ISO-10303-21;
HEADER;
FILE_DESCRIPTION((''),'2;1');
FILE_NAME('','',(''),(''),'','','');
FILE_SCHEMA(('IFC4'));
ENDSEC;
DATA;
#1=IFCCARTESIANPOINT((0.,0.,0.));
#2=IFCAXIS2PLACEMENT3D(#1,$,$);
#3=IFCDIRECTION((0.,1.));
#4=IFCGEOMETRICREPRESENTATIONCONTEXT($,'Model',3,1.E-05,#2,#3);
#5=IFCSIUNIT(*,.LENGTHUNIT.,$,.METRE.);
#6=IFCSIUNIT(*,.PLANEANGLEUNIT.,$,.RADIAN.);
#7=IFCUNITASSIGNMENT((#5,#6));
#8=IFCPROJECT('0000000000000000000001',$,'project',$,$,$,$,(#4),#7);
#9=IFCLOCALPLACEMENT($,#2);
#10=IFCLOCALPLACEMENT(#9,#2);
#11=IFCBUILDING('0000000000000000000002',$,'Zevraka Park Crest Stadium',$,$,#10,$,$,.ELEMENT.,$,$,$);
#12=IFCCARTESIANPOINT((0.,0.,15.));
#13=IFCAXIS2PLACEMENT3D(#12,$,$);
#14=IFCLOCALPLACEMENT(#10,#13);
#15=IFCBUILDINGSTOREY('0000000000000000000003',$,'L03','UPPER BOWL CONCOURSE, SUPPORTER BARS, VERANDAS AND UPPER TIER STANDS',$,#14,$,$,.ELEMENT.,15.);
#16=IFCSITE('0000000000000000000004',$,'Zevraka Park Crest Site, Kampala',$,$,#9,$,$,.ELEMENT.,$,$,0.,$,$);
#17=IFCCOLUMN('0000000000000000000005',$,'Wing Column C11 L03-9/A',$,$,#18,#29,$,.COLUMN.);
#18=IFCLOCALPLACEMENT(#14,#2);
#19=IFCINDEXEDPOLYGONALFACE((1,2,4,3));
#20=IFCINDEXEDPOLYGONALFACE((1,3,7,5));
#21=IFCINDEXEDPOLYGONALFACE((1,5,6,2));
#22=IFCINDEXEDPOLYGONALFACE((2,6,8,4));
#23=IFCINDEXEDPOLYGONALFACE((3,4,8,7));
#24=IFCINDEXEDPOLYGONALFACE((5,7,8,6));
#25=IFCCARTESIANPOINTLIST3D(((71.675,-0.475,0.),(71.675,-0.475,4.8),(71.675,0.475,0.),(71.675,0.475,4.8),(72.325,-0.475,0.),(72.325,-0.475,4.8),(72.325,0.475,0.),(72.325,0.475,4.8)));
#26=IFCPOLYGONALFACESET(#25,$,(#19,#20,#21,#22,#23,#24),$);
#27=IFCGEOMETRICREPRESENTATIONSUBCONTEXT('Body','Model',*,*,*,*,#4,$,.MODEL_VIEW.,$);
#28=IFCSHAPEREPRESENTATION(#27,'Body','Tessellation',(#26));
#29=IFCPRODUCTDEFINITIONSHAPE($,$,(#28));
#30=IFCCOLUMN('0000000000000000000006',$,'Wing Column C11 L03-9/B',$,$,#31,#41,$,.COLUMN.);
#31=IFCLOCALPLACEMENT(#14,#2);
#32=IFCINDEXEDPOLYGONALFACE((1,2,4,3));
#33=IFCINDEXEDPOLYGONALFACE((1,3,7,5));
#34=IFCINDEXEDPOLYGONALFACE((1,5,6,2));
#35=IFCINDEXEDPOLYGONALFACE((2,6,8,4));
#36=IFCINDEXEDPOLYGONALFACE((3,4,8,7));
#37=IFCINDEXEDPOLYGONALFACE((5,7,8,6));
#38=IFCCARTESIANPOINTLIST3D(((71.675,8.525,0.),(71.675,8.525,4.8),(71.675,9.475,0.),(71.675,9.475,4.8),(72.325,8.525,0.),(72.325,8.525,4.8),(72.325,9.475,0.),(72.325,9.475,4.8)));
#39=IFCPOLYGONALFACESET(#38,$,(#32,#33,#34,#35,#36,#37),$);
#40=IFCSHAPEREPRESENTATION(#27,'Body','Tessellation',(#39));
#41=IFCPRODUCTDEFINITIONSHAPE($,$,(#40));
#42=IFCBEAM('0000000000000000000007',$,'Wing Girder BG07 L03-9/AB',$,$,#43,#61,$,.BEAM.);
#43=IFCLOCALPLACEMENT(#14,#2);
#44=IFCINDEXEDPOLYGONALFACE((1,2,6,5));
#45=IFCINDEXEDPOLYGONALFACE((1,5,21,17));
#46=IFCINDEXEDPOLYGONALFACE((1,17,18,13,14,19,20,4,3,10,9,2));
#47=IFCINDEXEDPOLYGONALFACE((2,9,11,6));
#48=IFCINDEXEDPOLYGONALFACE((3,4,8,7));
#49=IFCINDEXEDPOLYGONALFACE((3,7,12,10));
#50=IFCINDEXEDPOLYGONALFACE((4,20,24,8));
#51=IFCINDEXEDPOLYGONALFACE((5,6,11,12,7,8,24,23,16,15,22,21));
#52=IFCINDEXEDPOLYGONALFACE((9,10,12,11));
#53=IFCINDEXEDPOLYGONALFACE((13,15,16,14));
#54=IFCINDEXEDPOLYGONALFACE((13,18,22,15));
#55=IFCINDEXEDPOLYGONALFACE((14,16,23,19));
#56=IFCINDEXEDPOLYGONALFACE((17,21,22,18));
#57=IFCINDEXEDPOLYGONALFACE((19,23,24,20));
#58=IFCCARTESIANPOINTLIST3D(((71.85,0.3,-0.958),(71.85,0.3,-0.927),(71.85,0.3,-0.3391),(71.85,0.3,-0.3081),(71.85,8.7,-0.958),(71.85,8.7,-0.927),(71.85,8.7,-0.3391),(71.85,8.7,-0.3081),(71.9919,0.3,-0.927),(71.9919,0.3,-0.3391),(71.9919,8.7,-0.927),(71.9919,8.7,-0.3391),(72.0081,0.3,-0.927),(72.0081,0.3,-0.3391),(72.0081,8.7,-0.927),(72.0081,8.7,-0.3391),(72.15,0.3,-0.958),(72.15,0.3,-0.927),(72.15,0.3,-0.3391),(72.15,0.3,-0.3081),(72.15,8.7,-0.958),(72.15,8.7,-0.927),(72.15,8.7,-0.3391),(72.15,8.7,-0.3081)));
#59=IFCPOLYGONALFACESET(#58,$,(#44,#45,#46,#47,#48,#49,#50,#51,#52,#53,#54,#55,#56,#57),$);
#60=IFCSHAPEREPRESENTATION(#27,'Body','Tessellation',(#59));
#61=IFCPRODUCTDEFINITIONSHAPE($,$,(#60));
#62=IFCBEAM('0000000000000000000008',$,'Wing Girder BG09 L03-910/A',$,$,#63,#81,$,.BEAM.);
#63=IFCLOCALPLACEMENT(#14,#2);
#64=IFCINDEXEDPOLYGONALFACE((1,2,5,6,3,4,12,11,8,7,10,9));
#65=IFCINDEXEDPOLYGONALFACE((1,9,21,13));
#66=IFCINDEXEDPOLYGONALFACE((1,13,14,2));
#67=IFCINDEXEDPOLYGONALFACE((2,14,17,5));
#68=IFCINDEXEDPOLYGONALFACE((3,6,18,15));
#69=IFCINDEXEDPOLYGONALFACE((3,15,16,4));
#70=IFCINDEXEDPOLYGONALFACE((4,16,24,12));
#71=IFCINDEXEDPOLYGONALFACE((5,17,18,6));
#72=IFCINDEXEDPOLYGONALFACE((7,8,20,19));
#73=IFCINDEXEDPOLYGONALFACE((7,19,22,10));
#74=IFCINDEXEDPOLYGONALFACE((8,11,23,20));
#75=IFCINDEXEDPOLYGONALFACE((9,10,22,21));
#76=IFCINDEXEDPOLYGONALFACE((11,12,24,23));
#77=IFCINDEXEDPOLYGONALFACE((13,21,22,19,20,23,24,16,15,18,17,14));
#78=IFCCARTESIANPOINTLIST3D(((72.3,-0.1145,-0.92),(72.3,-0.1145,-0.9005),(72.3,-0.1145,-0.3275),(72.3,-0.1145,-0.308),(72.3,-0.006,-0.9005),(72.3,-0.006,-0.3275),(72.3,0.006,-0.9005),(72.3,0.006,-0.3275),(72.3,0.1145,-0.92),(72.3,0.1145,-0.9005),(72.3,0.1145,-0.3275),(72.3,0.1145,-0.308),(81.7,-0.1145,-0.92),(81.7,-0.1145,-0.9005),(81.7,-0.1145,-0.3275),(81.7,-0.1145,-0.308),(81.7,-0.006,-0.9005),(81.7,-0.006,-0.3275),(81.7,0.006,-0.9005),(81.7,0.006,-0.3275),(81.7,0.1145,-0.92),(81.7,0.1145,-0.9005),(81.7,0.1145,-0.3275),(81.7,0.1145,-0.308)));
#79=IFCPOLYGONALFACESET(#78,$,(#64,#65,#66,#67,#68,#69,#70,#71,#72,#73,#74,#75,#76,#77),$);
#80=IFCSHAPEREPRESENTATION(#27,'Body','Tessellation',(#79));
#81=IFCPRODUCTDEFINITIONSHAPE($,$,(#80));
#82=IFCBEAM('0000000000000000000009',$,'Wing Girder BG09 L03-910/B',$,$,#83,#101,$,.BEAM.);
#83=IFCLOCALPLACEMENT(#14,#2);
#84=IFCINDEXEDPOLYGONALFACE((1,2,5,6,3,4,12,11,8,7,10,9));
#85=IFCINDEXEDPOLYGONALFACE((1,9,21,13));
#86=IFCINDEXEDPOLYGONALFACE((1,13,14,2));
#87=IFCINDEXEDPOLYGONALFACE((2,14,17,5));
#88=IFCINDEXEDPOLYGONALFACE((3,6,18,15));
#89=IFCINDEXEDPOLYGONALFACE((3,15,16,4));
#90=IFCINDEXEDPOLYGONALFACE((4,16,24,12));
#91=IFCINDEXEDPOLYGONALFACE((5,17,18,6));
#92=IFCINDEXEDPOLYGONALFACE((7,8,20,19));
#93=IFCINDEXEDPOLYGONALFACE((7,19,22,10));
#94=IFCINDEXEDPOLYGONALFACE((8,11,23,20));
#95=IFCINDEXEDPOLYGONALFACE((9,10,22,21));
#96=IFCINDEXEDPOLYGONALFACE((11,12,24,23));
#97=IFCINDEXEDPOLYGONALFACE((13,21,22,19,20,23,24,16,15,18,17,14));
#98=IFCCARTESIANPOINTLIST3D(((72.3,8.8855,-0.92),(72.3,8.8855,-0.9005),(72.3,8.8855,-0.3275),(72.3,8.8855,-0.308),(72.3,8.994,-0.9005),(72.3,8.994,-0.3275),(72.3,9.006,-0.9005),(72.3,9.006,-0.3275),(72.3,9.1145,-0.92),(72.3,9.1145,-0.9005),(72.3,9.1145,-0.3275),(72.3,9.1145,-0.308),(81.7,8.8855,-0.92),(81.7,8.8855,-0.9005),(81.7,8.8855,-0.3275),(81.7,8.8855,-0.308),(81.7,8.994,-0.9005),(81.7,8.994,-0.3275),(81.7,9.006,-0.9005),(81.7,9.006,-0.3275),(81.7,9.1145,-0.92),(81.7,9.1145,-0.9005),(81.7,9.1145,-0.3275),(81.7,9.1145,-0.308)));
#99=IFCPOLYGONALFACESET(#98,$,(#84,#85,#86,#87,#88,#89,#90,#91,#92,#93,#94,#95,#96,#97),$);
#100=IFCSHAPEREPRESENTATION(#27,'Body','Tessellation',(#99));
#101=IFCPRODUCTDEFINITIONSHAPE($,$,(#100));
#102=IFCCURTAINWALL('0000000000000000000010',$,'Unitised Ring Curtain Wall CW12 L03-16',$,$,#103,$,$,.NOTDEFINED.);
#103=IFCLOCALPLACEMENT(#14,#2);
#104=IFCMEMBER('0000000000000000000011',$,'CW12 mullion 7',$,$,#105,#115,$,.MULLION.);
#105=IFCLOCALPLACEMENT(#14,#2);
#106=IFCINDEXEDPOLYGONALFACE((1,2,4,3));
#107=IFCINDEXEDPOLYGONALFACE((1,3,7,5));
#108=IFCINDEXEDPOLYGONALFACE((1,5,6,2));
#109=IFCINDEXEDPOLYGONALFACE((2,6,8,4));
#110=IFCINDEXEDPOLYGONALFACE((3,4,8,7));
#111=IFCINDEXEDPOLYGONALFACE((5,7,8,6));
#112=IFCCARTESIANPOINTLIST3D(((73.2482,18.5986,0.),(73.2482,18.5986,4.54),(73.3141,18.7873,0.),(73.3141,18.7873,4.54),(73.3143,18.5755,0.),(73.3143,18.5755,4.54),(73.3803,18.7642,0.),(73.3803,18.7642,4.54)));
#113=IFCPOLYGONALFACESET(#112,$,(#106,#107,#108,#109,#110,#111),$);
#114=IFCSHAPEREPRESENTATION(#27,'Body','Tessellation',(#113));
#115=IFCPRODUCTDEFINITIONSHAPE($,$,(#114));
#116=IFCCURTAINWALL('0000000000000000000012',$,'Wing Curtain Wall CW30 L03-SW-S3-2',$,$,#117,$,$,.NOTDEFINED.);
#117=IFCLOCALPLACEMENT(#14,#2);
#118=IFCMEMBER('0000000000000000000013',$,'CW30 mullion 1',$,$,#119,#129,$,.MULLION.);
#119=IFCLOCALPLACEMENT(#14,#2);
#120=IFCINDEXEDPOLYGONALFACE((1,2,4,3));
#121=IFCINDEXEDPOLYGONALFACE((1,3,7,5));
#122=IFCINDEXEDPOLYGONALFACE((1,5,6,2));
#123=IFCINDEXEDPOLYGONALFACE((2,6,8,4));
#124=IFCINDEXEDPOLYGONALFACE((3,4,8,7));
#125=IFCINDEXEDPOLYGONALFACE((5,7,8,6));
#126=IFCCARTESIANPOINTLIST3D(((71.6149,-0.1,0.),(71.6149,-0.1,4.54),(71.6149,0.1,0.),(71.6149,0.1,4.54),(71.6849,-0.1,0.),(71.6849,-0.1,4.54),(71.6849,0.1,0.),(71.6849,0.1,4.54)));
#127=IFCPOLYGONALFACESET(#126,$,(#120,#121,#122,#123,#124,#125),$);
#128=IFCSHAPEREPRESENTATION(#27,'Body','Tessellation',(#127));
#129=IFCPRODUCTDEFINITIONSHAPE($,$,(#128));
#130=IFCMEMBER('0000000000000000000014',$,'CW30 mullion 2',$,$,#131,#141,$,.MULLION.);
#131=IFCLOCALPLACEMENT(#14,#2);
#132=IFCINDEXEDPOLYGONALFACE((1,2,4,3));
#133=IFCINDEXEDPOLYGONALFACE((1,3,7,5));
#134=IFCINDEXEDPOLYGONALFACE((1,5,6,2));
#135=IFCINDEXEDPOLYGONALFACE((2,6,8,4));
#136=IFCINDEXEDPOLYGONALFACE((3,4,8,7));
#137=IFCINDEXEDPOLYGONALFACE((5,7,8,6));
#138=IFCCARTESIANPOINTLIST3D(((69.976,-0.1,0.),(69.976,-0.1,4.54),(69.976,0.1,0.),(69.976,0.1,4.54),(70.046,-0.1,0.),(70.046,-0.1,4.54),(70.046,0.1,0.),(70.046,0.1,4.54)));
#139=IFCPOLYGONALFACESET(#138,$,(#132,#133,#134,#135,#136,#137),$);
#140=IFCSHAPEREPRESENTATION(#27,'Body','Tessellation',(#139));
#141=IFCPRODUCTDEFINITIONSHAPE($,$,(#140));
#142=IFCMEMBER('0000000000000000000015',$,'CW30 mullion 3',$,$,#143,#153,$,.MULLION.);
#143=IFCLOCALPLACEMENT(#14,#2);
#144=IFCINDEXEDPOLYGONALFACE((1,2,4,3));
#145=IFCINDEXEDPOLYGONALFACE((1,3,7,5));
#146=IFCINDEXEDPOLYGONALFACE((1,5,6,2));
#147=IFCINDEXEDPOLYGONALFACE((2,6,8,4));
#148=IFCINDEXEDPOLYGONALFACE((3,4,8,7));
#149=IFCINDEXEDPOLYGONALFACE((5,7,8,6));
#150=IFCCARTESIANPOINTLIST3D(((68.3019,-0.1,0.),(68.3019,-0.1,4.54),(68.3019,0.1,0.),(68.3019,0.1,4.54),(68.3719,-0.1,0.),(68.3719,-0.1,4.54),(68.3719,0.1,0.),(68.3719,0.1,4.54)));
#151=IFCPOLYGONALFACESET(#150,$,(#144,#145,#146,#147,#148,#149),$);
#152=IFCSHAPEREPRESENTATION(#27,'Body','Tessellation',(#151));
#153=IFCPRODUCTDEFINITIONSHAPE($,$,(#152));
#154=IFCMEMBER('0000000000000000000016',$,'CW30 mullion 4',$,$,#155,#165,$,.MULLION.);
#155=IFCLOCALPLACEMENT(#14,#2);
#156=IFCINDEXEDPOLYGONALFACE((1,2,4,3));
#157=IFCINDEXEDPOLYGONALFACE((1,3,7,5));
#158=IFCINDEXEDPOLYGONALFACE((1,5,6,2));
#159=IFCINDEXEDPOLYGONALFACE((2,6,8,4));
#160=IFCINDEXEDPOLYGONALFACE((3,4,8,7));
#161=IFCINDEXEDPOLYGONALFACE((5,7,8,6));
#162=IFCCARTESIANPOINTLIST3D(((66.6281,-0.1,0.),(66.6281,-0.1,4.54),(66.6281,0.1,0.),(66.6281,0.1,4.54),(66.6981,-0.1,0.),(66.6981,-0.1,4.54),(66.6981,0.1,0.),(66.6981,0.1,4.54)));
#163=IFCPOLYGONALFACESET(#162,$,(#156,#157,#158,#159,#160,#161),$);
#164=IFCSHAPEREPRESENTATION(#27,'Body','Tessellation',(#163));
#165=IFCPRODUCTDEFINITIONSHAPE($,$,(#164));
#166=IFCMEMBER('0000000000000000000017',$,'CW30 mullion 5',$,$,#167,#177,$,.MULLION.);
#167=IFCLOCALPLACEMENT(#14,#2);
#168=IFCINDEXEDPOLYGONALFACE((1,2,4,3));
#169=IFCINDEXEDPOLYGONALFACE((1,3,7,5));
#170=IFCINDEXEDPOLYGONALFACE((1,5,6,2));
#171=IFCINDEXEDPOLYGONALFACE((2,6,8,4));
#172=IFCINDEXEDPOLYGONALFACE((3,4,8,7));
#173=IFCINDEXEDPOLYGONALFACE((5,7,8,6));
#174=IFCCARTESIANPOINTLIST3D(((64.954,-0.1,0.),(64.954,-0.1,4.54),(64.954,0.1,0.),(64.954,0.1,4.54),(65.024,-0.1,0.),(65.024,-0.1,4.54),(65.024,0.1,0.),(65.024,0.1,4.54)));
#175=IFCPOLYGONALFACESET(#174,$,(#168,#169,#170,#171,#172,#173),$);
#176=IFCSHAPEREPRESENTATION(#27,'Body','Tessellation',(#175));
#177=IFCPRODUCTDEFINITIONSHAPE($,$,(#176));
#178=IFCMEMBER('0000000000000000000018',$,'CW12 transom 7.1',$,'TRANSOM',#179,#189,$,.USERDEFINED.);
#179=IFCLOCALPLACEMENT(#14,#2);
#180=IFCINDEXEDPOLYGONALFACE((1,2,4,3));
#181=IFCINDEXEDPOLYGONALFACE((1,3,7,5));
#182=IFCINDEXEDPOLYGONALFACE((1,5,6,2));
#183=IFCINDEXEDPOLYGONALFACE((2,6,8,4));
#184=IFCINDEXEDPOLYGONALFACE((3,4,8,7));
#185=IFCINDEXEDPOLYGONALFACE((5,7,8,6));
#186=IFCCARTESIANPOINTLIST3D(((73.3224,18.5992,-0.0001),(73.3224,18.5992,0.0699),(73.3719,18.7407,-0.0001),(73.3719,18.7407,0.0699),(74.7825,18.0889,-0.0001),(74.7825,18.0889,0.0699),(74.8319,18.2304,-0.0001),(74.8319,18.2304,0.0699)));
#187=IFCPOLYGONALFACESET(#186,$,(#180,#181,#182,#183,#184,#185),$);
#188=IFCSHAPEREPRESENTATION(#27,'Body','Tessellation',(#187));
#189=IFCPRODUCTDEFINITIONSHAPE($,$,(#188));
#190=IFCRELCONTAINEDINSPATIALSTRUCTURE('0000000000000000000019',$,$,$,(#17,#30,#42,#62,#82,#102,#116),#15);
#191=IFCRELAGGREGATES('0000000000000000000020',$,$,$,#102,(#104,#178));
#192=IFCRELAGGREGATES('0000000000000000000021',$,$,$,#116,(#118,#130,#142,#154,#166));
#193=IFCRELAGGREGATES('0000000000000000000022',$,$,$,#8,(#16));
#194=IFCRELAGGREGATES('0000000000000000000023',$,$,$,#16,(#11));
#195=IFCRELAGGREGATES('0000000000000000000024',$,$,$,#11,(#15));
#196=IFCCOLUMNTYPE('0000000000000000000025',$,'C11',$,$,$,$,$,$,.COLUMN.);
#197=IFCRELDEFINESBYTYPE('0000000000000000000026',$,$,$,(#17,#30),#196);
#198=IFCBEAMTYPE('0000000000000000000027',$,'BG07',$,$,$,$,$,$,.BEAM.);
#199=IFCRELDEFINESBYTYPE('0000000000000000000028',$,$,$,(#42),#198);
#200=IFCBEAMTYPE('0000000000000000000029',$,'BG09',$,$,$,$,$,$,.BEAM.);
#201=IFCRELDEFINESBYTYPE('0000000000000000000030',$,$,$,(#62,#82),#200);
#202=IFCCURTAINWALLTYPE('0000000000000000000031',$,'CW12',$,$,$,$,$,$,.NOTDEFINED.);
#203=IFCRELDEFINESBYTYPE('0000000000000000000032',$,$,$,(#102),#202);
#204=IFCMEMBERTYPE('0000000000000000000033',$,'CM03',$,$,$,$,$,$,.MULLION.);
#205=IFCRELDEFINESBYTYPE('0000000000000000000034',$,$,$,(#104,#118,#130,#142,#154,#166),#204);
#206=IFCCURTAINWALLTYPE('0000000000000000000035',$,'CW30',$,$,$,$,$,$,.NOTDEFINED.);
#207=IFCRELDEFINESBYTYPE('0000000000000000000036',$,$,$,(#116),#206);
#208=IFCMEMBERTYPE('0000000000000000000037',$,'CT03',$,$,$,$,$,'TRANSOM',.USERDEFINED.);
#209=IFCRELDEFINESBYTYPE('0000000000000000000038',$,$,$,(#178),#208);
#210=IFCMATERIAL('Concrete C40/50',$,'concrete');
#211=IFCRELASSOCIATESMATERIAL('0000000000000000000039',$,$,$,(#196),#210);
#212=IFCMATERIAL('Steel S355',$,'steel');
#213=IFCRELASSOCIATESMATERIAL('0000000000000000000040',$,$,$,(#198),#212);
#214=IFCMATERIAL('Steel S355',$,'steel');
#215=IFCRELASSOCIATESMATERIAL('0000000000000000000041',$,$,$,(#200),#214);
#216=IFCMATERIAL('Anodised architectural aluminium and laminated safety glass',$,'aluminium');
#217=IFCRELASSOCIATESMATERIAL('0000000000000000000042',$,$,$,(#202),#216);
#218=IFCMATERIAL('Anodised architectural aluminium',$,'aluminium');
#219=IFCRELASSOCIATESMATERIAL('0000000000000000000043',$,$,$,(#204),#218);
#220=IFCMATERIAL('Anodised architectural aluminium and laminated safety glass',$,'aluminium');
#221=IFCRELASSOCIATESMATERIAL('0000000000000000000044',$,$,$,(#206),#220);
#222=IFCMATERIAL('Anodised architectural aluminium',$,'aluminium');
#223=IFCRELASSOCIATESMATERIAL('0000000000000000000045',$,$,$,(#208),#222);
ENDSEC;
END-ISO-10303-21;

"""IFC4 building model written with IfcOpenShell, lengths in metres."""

from ifc_helpers import new_model, si_unit, direction, frame, origin, origin_2d, place, context, subcontext, project, spatial, rectangle, i_section, extrude, material, material_profile, profile_set, type_object, element, aggregate, save


model = new_model("IFC4")

# Units and contexts
model_context = context("Model", 3, precision=1e-05, world=origin(), true_north=direction((0.0, 1.0)))
body_context = subcontext(model_context, "Body", "Model", "MODEL_VIEW")
ifc_project = project(units=[si_unit("LENGTHUNIT", "METRE"), si_unit("PLANEANGLEUNIT", "RADIAN")], contexts=[model_context])

# Site, building, storey
site_placement = place(None, origin())
site = spatial("IfcSite", under=ifc_project, at=site_placement, Name="Zevraka Park Crest Site, Kampala", CompositionType="ELEMENT", RefElevation=0.0)
building_placement = place(site_placement, origin())
building = spatial("IfcBuilding", under=site, at=building_placement, Name="Zevraka Park Crest Stadium", CompositionType="ELEMENT")
storey_placement = place(building_placement, frame((0.0, 0.0, 15.0)))
storey = spatial("IfcBuildingStorey", under=building, at=storey_placement, Name="L03", Description="UPPER BOWL CONCOURSE, SUPPORTER BARS, VERANDAS AND UPPER TIER STANDS", CompositionType="ELEMENT", Elevation=15.0)

# Columns
ifc_material_1 = material(Name="Concrete C40/50", Category="concrete")
ifc_material_profile_1 = material_profile(ifc_material_1, rectangle(XDim=0.6499, YDim=0.95, at=origin_2d()), Name="RC 950x650")
ifc_profile_set_1 = profile_set([ifc_material_profile_1], Name="Concrete C40/50")
column_type = type_object("IfcColumnType", Name="C11", PredefinedType="COLUMN", material=ifc_profile_set_1)
for number, where, z_axis, x_axis, name in (
    (1, (72.0, 0.0, 0.0), (0.0, 0.0, 1.0), (1.0, 0.0, 0.0), "Wing Column C11 L03-9/A"),
    (2, (72.0, 9.0, 0.0), (0.0, 0.0, 1.0), (1.0, 0.0, 0.0), "Wing Column C11 L03-9/B"),
):
    element("IfcColumn", number, at=place(storey_placement, frame(where, z_axis=z_axis, x_axis=x_axis)), inside=storey, type_object=column_type, Name=name, PredefinedType="COLUMN", context=body_context, shape_type="SweptSolid", body=[
        extrude(rectangle(XDim=0.6499, YDim=0.95, at=origin_2d()), origin(), (0.0, 0.0, 1.0), 4.8),
    ])

# Beams
ifc_material_2 = material(Name="Steel S355", Category="steel")
ifc_material_profile_2 = material_profile(ifc_material_2, i_section(OverallWidth=0.3, OverallDepth=0.6499, WebThickness=0.0161, FlangeThickness=0.031, at=origin_2d()), Name="HEB 650")
ifc_profile_set_2 = profile_set([ifc_material_profile_2], Name="Steel S355")
beam_type_1 = type_object("IfcBeamType", Name="BG07", PredefinedType="BEAM", material=ifc_profile_set_2)
beam_placement = place(storey_placement, frame((72.0, 0.3, -0.6331), z_axis=(0.0, 1.0, 0.0), x_axis=(-1.0, 0.0, 0.0)))
element("IfcBeam", 3, at=beam_placement, inside=storey, type_object=beam_type_1, Name="Wing Girder BG07 L03-9/AB", PredefinedType="BEAM", context=body_context, shape_type="SweptSolid", body=[
    extrude(i_section(OverallWidth=0.3, OverallDepth=0.6499, WebThickness=0.0161, FlangeThickness=0.031, at=origin_2d()), origin(), (0.0, 0.0, 1.0), 8.3999),
])
ifc_material_3 = material(Name="Steel S355", Category="steel")
ifc_material_profile_3 = material_profile(ifc_material_3, i_section(OverallWidth=0.229, OverallDepth=0.6121, WebThickness=0.012, FlangeThickness=0.0195, at=origin_2d()), Name="UKB 610x229x125")
ifc_profile_set_3 = profile_set([ifc_material_profile_3], Name="Steel S355")
beam_type_2 = type_object("IfcBeamType", Name="BG09", PredefinedType="BEAM", material=ifc_profile_set_3)
for number, where, z_axis, x_axis, name in (
    (4, (72.3, 0.0, -0.614), (1.0, 0.0, 0.0), (0.0, 1.0, 0.0), "Wing Girder BG09 L03-910/A"),
    (5, (72.3, 9.0, -0.614), (1.0, 0.0, 0.0), (0.0, 1.0, 0.0), "Wing Girder BG09 L03-910/B"),
):
    element("IfcBeam", number, at=place(storey_placement, frame(where, z_axis=z_axis, x_axis=x_axis)), inside=storey, type_object=beam_type_2, Name=name, PredefinedType="BEAM", context=body_context, shape_type="SweptSolid", body=[
        extrude(i_section(OverallWidth=0.229, OverallDepth=0.6121, WebThickness=0.012, FlangeThickness=0.0195, at=origin_2d()), origin(), (0.0, 0.0, 1.0), 9.3999),
    ])

# Curtain wall, member
ifc_material_4 = material(Name="Anodised architectural aluminium and laminated safety glass", Category="aluminium")
curtain_wall_type_1 = type_object("IfcCurtainWallType", Name="CW12", PredefinedType="NOTDEFINED", material=ifc_material_4)
curtain_wall_1_placement = place(storey_placement, origin())
curtain_wall_1 = element("IfcCurtainWall", 6, at=curtain_wall_1_placement, inside=storey, type_object=curtain_wall_type_1, Name="Unitised Ring Curtain Wall CW12 L03-16", PredefinedType="NOTDEFINED")
ifc_material_5 = material(Name="Anodised architectural aluminium", Category="aluminium")
ifc_material_profile_4 = material_profile(ifc_material_5, rectangle(XDim=0.2, YDim=0.0701, at=origin_2d()), Name="ALU MULLION 200x70")
ifc_profile_set_4 = profile_set([ifc_material_profile_4], Name="Anodised architectural aluminium")
member_type_1 = type_object("IfcMemberType", Name="CM03", PredefinedType="MULLION", material=ifc_profile_set_4)
member_1_placement = place(storey_placement, frame((73.3142, 18.6814, 0.0), z_axis=(0.0, 0.0, 1.0), x_axis=(0.329917, 0.94401, 0.0)))
member_1 = element("IfcMember", 7, at=member_1_placement, type_object=member_type_1, Name="CW12 mullion 7", PredefinedType="MULLION", context=body_context, shape_type="SweptSolid", body=[
    extrude(rectangle(XDim=0.2, YDim=0.0701, at=origin_2d()), origin(), (0.0, 0.0, 1.0), 4.54),
])

# Curtain wall, members
ifc_material_6 = material(Name="Anodised architectural aluminium and laminated safety glass", Category="aluminium")
curtain_wall_type_2 = type_object("IfcCurtainWallType", Name="CW30", PredefinedType="NOTDEFINED", material=ifc_material_6)
curtain_wall_2_placement = place(storey_placement, origin())
curtain_wall_2 = element("IfcCurtainWall", 8, at=curtain_wall_2_placement, inside=storey, type_object=curtain_wall_type_2, Name="Wing Curtain Wall CW30 L03-SW-S3-2", PredefinedType="NOTDEFINED")
member_2_placement = place(storey_placement, frame((71.6499, 0.0, 0.0), z_axis=(0.0, 0.0, 1.0), x_axis=(0.0, -1.0, 0.0)))
member_2 = element("IfcMember", 9, at=member_2_placement, type_object=member_type_1, Name="CW30 mullion 1", PredefinedType="MULLION", context=body_context, shape_type="SweptSolid", body=[
    extrude(rectangle(XDim=0.2, YDim=0.0701, at=origin_2d()), origin(), (0.0, 0.0, 1.0), 4.54),
])
member_3_placement = place(storey_placement, frame((70.011, 0.0, 0.0), z_axis=(0.0, 0.0, 1.0), x_axis=(0.0, -1.0, 0.0)))
member_3 = element("IfcMember", 10, at=member_3_placement, type_object=member_type_1, Name="CW30 mullion 2", PredefinedType="MULLION", context=body_context, shape_type="SweptSolid", body=[
    extrude(rectangle(XDim=0.2, YDim=0.0701, at=origin_2d()), origin(), (0.0, 0.0, 1.0), 4.54),
])
member_4_placement = place(storey_placement, frame((68.3369, 0.0, 0.0), z_axis=(0.0, 0.0, 1.0), x_axis=(0.0, -1.0, 0.0)))
member_4 = element("IfcMember", 11, at=member_4_placement, type_object=member_type_1, Name="CW30 mullion 3", PredefinedType="MULLION", context=body_context, shape_type="SweptSolid", body=[
    extrude(rectangle(XDim=0.2, YDim=0.0701, at=origin_2d()), origin(), (0.0, 0.0, 1.0), 4.54),
])
member_5_placement = place(storey_placement, frame((66.6631, 0.0, 0.0), z_axis=(0.0, 0.0, 1.0), x_axis=(0.0, -1.0, 0.0)))
member_5 = element("IfcMember", 12, at=member_5_placement, type_object=member_type_1, Name="CW30 mullion 4", PredefinedType="MULLION", context=body_context, shape_type="SweptSolid", body=[
    extrude(rectangle(XDim=0.2, YDim=0.0701, at=origin_2d()), origin(), (0.0, 0.0, 1.0), 4.54),
])
member_6_placement = place(storey_placement, frame((64.989, 0.0, 0.0), z_axis=(0.0, 0.0, 1.0), x_axis=(0.0, -1.0, 0.0)))
member_6 = element("IfcMember", 13, at=member_6_placement, type_object=member_type_1, Name="CW30 mullion 5", PredefinedType="MULLION", context=body_context, shape_type="SweptSolid", body=[
    extrude(rectangle(XDim=0.2, YDim=0.0701, at=origin_2d()), origin(), (0.0, 0.0, 1.0), 4.54),
])

# Member
ifc_material_7 = material(Name="Anodised architectural aluminium", Category="aluminium")
ifc_material_profile_5 = material_profile(ifc_material_7, rectangle(XDim=0.1499, YDim=0.0701, at=origin_2d()), Name="ALU TRANSOM 150x70")
ifc_profile_set_5 = profile_set([ifc_material_profile_5], Name="Anodised architectural aluminium")
member_type_2 = type_object("IfcMemberType", Name="CT03", ElementType="TRANSOM", PredefinedType="USERDEFINED", material=ifc_profile_set_5)
member_7_placement = place(storey_placement, frame((73.3472, 18.6699, 0.0349), z_axis=(0.944006, -0.329928, 0.0), x_axis=(0.329928, 0.944006, 0.0)))
member_7 = element("IfcMember", 14, at=member_7_placement, type_object=member_type_2, Name="CW12 transom 7.1", ObjectType="TRANSOM", PredefinedType="USERDEFINED", context=body_context, shape_type="SweptSolid", body=[
    extrude(rectangle(XDim=0.1499, YDim=0.0701, at=origin_2d()), origin(), (0.0, 0.0, 1.0), 1.5466),
])
aggregate(curtain_wall_1, [member_1, member_7])

aggregate(curtain_wall_2, [member_2, member_3, member_4, member_5, member_6])

save(model, "model.ifc")
